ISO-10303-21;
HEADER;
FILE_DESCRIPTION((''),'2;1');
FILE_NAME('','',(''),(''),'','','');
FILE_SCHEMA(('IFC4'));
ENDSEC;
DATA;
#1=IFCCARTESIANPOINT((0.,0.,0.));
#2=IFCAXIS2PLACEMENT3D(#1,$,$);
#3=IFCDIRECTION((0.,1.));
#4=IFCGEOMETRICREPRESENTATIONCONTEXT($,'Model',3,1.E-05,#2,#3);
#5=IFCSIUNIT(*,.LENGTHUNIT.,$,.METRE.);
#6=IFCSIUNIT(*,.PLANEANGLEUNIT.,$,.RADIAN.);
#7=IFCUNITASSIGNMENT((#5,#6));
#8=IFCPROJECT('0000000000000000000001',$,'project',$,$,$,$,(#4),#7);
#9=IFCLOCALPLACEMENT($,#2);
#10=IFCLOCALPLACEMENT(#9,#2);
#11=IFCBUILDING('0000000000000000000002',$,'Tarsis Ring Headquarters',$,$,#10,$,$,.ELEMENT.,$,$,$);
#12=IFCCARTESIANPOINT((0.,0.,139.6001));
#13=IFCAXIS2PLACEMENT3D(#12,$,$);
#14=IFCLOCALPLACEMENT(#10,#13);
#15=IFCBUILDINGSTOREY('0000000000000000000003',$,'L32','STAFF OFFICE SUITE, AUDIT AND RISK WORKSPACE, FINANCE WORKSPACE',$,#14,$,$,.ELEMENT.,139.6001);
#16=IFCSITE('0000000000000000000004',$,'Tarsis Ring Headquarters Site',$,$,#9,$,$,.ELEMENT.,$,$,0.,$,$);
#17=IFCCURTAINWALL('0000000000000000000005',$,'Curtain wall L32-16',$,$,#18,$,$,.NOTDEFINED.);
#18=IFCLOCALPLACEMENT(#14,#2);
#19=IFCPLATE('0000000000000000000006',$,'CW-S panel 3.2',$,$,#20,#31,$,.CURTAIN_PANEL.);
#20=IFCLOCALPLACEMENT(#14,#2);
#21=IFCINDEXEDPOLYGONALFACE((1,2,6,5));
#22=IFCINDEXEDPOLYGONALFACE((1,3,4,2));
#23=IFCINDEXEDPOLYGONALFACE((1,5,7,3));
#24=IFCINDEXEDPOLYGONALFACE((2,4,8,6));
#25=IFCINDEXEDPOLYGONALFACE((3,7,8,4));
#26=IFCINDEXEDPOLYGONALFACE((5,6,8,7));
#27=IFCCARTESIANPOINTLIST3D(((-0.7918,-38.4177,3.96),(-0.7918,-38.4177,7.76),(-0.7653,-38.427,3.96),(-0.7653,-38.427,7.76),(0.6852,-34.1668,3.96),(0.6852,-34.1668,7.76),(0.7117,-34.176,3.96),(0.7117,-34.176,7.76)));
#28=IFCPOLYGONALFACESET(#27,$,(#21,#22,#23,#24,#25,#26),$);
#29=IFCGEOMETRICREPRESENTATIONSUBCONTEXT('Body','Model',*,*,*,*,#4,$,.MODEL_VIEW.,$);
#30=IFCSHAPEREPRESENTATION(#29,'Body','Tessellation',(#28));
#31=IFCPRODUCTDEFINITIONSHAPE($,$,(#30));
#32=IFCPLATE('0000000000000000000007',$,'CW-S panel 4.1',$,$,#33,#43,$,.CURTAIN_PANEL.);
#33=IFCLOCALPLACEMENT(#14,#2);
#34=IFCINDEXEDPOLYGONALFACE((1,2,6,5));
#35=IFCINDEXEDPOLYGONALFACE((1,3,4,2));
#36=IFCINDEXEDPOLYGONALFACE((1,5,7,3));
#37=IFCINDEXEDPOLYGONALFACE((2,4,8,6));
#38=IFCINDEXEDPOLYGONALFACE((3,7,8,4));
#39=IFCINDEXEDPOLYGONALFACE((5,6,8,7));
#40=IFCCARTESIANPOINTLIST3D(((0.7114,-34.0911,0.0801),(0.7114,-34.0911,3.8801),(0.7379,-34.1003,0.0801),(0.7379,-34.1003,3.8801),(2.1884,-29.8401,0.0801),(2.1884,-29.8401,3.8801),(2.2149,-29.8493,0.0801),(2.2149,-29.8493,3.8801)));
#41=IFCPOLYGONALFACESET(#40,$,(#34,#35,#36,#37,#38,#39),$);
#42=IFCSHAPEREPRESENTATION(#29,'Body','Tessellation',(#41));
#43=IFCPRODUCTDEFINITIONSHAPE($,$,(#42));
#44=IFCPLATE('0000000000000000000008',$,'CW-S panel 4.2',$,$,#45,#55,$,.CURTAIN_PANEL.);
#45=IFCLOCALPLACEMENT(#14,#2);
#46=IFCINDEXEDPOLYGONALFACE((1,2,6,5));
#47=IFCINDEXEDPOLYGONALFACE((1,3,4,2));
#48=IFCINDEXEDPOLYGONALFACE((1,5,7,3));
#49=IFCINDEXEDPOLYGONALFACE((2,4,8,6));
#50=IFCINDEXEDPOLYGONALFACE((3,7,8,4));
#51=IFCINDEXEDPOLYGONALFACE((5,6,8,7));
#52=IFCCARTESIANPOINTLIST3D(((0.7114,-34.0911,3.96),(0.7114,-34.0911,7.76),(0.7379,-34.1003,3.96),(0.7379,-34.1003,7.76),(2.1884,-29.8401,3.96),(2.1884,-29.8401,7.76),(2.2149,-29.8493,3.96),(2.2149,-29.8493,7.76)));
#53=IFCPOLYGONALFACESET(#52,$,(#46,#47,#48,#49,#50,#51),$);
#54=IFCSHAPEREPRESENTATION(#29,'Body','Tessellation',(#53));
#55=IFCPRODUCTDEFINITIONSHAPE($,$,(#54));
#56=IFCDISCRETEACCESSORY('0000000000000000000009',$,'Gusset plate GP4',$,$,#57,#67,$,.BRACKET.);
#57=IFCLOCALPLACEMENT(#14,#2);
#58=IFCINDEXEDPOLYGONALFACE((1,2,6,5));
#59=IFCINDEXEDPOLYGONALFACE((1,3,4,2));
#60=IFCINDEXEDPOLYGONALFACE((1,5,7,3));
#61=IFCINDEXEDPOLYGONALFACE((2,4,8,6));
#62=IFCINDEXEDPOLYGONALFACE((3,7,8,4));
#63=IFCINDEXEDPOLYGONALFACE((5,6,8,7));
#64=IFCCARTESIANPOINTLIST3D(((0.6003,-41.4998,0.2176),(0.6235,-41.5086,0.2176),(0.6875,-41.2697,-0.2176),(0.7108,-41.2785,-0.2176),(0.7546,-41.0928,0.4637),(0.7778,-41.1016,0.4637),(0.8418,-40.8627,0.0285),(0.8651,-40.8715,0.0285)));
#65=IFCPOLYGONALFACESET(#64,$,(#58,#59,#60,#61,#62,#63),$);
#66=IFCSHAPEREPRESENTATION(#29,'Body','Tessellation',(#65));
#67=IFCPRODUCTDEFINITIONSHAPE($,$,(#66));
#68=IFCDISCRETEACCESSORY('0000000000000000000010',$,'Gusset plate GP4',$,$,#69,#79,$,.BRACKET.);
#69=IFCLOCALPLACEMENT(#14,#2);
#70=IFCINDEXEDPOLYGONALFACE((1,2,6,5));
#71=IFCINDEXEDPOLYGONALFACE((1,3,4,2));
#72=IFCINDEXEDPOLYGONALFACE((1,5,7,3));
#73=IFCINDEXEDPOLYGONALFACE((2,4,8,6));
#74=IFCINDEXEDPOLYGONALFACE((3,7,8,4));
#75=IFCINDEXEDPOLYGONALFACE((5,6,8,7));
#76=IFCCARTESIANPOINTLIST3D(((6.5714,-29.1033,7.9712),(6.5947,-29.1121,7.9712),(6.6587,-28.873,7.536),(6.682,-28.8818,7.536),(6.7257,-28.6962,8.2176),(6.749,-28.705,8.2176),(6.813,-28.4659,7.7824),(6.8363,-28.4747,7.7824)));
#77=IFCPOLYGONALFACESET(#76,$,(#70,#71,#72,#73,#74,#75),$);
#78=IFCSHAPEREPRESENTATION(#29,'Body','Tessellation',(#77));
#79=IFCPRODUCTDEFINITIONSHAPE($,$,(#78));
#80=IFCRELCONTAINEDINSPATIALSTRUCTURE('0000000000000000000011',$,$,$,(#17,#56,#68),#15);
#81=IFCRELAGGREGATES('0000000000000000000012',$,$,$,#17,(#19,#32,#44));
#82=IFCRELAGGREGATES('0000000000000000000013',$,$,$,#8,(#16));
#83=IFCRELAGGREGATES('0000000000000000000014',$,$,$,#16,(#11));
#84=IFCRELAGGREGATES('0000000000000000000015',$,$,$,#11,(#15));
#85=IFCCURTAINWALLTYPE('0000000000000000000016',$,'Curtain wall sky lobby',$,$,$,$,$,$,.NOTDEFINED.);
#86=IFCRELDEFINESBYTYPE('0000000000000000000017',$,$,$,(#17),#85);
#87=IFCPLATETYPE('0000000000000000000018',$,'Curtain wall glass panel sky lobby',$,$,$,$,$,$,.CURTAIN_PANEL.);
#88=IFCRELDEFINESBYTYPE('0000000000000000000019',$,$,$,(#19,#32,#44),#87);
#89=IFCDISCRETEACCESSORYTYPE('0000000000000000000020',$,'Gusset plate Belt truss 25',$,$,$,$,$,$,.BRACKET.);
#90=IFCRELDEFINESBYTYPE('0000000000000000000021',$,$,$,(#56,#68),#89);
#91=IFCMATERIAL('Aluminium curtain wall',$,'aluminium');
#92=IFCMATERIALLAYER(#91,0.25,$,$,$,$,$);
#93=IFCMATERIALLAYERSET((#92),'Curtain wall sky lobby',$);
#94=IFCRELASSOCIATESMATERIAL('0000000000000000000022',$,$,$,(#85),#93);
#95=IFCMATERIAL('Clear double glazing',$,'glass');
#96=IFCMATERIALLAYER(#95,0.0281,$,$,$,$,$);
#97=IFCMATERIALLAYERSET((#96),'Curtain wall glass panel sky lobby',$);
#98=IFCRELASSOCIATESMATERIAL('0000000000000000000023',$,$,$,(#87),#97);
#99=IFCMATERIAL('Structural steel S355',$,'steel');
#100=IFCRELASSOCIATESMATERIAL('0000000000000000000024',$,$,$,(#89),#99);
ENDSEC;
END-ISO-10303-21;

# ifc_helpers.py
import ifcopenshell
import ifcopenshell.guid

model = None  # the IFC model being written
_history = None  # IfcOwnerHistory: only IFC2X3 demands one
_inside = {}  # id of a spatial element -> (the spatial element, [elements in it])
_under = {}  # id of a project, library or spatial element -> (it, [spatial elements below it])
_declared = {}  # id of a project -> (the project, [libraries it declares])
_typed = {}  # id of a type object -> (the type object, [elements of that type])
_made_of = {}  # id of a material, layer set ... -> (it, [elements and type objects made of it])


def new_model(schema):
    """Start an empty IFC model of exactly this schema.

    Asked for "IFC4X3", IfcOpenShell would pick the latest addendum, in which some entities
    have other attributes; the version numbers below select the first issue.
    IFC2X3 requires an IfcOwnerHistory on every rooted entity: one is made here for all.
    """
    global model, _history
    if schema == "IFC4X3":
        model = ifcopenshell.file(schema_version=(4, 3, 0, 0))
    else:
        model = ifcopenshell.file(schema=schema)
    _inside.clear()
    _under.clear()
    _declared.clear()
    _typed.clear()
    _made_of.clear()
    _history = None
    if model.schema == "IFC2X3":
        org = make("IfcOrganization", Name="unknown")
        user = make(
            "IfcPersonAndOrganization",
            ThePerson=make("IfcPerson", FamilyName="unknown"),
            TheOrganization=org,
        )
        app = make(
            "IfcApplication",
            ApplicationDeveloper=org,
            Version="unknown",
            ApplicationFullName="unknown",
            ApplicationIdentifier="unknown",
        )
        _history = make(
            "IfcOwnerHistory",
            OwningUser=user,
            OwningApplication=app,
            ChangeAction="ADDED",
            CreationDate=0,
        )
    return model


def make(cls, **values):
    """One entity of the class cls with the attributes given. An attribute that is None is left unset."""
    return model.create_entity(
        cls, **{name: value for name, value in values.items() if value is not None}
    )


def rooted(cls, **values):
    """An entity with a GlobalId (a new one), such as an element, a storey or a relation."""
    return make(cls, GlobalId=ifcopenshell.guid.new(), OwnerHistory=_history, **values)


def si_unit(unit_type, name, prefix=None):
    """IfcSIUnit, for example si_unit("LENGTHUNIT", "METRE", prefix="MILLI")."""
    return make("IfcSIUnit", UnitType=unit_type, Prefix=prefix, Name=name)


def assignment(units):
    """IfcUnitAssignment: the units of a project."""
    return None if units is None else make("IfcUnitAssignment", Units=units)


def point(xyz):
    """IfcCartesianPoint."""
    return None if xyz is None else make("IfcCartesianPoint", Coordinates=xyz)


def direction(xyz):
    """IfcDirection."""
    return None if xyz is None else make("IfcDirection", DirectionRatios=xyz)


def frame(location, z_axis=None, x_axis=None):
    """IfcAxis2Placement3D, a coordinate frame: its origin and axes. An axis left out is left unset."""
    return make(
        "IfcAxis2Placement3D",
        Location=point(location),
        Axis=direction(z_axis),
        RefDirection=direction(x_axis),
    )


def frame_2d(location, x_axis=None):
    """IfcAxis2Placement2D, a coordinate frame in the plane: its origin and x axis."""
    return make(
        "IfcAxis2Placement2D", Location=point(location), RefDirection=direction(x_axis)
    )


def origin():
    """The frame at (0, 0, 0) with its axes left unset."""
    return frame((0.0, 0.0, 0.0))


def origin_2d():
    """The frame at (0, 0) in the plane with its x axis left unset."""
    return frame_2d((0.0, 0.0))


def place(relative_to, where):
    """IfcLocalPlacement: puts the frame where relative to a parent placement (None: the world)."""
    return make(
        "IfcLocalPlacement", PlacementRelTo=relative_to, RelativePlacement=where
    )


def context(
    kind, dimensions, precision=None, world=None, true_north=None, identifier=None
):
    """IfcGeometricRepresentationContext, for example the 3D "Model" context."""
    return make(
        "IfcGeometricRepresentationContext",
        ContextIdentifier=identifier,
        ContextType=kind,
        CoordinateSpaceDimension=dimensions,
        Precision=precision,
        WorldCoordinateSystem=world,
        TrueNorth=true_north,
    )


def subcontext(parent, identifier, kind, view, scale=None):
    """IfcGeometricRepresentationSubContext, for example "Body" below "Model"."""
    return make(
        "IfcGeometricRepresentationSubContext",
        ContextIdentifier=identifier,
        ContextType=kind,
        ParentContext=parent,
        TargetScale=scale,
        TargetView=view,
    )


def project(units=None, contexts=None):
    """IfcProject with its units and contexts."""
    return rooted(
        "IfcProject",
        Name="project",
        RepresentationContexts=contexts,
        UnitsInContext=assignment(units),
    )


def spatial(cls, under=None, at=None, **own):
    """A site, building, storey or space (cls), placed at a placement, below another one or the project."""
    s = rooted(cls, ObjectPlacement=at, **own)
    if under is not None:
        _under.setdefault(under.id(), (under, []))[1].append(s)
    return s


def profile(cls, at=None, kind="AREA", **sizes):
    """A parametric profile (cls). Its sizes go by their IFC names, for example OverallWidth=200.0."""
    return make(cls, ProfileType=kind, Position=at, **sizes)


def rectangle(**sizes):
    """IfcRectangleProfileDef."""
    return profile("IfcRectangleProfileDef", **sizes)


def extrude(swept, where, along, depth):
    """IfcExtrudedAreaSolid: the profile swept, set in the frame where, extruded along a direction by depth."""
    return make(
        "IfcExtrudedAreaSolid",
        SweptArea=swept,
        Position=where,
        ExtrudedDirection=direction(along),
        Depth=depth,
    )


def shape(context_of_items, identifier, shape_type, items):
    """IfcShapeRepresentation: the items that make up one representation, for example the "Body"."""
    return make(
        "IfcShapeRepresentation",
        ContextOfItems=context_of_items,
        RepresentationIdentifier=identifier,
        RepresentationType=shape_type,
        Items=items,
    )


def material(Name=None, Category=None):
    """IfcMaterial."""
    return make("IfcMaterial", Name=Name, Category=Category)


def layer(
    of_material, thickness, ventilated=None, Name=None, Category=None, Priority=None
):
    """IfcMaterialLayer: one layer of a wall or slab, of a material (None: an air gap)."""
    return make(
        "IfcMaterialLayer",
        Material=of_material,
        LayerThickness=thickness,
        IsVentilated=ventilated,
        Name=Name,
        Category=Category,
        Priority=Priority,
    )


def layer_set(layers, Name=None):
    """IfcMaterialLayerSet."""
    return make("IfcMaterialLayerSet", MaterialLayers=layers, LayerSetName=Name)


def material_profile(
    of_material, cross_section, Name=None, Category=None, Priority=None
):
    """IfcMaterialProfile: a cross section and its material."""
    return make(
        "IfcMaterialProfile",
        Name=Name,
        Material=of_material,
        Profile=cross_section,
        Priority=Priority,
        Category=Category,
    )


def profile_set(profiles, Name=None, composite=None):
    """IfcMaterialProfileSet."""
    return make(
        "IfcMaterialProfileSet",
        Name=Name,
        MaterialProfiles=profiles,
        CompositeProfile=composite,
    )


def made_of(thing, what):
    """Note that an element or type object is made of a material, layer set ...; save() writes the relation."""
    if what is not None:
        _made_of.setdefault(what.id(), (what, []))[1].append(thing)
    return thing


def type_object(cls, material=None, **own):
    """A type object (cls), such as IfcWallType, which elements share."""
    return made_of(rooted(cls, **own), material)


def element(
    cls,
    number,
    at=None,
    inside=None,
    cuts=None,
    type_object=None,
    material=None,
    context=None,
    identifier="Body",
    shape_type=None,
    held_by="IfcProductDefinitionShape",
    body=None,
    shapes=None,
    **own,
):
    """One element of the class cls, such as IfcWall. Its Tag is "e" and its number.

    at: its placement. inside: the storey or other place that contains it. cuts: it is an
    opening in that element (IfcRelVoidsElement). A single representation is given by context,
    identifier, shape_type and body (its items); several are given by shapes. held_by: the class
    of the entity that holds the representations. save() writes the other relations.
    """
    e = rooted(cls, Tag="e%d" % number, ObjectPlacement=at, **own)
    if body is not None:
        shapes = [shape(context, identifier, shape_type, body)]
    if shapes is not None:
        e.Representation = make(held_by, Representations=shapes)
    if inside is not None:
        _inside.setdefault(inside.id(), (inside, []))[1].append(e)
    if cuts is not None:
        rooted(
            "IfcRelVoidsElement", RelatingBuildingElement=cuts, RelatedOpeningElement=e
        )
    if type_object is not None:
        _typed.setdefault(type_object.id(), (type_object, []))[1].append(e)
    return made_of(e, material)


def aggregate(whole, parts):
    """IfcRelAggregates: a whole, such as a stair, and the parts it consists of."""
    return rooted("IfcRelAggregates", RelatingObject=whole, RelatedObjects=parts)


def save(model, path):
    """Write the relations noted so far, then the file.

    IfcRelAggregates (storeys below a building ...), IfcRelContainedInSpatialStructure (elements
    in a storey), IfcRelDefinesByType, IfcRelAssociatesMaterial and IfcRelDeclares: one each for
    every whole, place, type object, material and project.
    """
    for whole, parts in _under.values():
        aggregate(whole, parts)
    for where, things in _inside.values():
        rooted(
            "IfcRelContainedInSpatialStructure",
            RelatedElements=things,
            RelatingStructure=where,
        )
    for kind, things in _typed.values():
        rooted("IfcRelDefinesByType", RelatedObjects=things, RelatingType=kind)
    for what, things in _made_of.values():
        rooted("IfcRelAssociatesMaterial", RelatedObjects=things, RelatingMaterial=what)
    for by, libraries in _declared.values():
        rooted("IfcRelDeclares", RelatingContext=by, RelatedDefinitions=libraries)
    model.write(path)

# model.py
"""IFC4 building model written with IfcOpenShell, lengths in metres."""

from ifc_helpers import new_model, si_unit, direction, frame, origin, origin_2d, place, context, subcontext, project, spatial, rectangle, extrude, material, layer, layer_set, material_profile, profile_set, type_object, element, aggregate, save


model = new_model("IFC4")

# Units and contexts
model_context = context("Model", 3, precision=1e-05, world=origin(), true_north=direction((0.0, 1.0)))
body_context = subcontext(model_context, "Body", "Model", "MODEL_VIEW")
ifc_project = project(units=[si_unit("LENGTHUNIT", "METRE"), si_unit("PLANEANGLEUNIT", "RADIAN")], contexts=[model_context])

# Site, building, storey
site_placement = place(None, origin())
site = spatial("IfcSite", under=ifc_project, at=site_placement, Name="Tarsis Ring Headquarters Site", CompositionType="ELEMENT", RefElevation=0.0)
building_placement = place(site_placement, origin())
building = spatial("IfcBuilding", under=site, at=building_placement, Name="Tarsis Ring Headquarters", CompositionType="ELEMENT")
storey_placement = place(building_placement, frame((0.0, 0.0, 139.6001)))
storey = spatial("IfcBuildingStorey", under=building, at=storey_placement, Name="L32", Description="STAFF OFFICE SUITE, AUDIT AND RISK WORKSPACE, FINANCE WORKSPACE", CompositionType="ELEMENT", Elevation=139.6001)

# Shared definitions
ifc_material_1 = material(Name="Structural steel S355", Category="steel")

# Curtain wall
ifc_material_2 = material(Name="Aluminium curtain wall", Category="aluminium")
ifc_layer_1 = layer(ifc_material_2, 0.25)
ifc_layer_set_1 = layer_set([ifc_layer_1], Name="Curtain wall sky lobby")
curtain_wall_type = type_object("IfcCurtainWallType", Name="Curtain wall sky lobby", PredefinedType="NOTDEFINED", material=ifc_layer_set_1)
curtain_wall_placement = place(storey_placement, origin())
curtain_wall = element("IfcCurtainWall", 1, at=curtain_wall_placement, inside=storey, type_object=curtain_wall_type, Name="Curtain wall L32-16", PredefinedType="NOTDEFINED")

# Plates
ifc_material_3 = material(Name="Clear double glazing", Category="glass")
ifc_layer_2 = layer(ifc_material_3, 0.0281)
ifc_layer_set_2 = layer_set([ifc_layer_2], Name="Curtain wall glass panel sky lobby")
plate_type = type_object("IfcPlateType", Name="Curtain wall glass panel sky lobby", PredefinedType="CURTAIN_PANEL", material=ifc_layer_set_2)
plate_1_placement = place(storey_placement, frame((-0.04, -36.2969, 3.96), z_axis=(0.0, 0.0, 1.0), x_axis=(0.328207, 0.944606, 0.0)))
plate_1 = element("IfcPlate", 2, at=plate_1_placement, type_object=plate_type, Name="CW-S panel 3.2", PredefinedType="CURTAIN_PANEL", context=body_context, shape_type="SweptSolid", body=[
    extrude(rectangle(XDim=4.5002, YDim=0.0281, at=origin_2d()), origin(), (0.0, 0.0, 1.0), 3.8),
])
plate_2_placement = place(storey_placement, frame((1.4631, -31.9702, 0.0801), z_axis=(0.0, 0.0, 1.0), x_axis=(0.328207, 0.944606, 0.0)))
plate_2 = element("IfcPlate", 3, at=plate_2_placement, type_object=plate_type, Name="CW-S panel 4.1", PredefinedType="CURTAIN_PANEL", context=body_context, shape_type="SweptSolid", body=[
    extrude(rectangle(XDim=4.5002, YDim=0.0281, at=origin_2d()), origin(), (0.0, 0.0, 1.0), 3.8),
])
plate_3_placement = place(storey_placement, frame((1.4631, -31.9702, 3.96), z_axis=(0.0, 0.0, 1.0), x_axis=(0.328207, 0.944606, 0.0)))
plate_3 = element("IfcPlate", 4, at=plate_3_placement, type_object=plate_type, Name="CW-S panel 4.2", PredefinedType="CURTAIN_PANEL", context=body_context, shape_type="SweptSolid", body=[
    extrude(rectangle(XDim=4.5002, YDim=0.0281, at=origin_2d()), origin(), (0.0, 0.0, 1.0), 3.8),
])
aggregate(curtain_wall, [plate_1, plate_2, plate_3])

# Discrete accessories
ifc_material_profile_1 = material_profile(ifc_material_1, rectangle(XDim=0.0249, YDim=0.5, at=origin_2d()), Name="PL 25x500")
ifc_profile_set_1 = profile_set([ifc_material_profile_1], Name="Structural steel S355")
discrete_accessory_type = type_object("IfcDiscreteAccessoryType", Name="Gusset plate Belt truss 25", PredefinedType="BRACKET", material=ifc_profile_set_1)
discrete_accessory_1_placement = place(storey_placement, frame((0.6555, -41.3892, 0.0), z_axis=(0.308591, 0.813958, 0.492183), x_axis=(-0.935055, 0.354502, 0.0)))
element("IfcDiscreteAccessory", 5, at=discrete_accessory_1_placement, inside=storey, type_object=discrete_accessory_type, Name="Gusset plate GP4", PredefinedType="BRACKET", context=body_context, shape_type="SweptSolid", body=[
    extrude(rectangle(XDim=0.0249, YDim=0.5, at=origin_2d()), origin(), (0.0, 0.0, 1.0), 0.5),
])
discrete_accessory_2_placement = place(storey_placement, frame((6.781, -28.5854, 8.0), z_axis=(-0.308517, -0.813762, -0.492553), x_axis=(0.935055, -0.354502, 0.0)))
element("IfcDiscreteAccessory", 6, at=discrete_accessory_2_placement, inside=storey, type_object=discrete_accessory_type, Name="Gusset plate GP4", PredefinedType="BRACKET", context=body_context, shape_type="SweptSolid", body=[
    extrude(rectangle(XDim=0.0249, YDim=0.5, at=origin_2d()), origin(), (0.0, 0.0, 1.0), 0.5002),
])

save(model, "model.ifc")
